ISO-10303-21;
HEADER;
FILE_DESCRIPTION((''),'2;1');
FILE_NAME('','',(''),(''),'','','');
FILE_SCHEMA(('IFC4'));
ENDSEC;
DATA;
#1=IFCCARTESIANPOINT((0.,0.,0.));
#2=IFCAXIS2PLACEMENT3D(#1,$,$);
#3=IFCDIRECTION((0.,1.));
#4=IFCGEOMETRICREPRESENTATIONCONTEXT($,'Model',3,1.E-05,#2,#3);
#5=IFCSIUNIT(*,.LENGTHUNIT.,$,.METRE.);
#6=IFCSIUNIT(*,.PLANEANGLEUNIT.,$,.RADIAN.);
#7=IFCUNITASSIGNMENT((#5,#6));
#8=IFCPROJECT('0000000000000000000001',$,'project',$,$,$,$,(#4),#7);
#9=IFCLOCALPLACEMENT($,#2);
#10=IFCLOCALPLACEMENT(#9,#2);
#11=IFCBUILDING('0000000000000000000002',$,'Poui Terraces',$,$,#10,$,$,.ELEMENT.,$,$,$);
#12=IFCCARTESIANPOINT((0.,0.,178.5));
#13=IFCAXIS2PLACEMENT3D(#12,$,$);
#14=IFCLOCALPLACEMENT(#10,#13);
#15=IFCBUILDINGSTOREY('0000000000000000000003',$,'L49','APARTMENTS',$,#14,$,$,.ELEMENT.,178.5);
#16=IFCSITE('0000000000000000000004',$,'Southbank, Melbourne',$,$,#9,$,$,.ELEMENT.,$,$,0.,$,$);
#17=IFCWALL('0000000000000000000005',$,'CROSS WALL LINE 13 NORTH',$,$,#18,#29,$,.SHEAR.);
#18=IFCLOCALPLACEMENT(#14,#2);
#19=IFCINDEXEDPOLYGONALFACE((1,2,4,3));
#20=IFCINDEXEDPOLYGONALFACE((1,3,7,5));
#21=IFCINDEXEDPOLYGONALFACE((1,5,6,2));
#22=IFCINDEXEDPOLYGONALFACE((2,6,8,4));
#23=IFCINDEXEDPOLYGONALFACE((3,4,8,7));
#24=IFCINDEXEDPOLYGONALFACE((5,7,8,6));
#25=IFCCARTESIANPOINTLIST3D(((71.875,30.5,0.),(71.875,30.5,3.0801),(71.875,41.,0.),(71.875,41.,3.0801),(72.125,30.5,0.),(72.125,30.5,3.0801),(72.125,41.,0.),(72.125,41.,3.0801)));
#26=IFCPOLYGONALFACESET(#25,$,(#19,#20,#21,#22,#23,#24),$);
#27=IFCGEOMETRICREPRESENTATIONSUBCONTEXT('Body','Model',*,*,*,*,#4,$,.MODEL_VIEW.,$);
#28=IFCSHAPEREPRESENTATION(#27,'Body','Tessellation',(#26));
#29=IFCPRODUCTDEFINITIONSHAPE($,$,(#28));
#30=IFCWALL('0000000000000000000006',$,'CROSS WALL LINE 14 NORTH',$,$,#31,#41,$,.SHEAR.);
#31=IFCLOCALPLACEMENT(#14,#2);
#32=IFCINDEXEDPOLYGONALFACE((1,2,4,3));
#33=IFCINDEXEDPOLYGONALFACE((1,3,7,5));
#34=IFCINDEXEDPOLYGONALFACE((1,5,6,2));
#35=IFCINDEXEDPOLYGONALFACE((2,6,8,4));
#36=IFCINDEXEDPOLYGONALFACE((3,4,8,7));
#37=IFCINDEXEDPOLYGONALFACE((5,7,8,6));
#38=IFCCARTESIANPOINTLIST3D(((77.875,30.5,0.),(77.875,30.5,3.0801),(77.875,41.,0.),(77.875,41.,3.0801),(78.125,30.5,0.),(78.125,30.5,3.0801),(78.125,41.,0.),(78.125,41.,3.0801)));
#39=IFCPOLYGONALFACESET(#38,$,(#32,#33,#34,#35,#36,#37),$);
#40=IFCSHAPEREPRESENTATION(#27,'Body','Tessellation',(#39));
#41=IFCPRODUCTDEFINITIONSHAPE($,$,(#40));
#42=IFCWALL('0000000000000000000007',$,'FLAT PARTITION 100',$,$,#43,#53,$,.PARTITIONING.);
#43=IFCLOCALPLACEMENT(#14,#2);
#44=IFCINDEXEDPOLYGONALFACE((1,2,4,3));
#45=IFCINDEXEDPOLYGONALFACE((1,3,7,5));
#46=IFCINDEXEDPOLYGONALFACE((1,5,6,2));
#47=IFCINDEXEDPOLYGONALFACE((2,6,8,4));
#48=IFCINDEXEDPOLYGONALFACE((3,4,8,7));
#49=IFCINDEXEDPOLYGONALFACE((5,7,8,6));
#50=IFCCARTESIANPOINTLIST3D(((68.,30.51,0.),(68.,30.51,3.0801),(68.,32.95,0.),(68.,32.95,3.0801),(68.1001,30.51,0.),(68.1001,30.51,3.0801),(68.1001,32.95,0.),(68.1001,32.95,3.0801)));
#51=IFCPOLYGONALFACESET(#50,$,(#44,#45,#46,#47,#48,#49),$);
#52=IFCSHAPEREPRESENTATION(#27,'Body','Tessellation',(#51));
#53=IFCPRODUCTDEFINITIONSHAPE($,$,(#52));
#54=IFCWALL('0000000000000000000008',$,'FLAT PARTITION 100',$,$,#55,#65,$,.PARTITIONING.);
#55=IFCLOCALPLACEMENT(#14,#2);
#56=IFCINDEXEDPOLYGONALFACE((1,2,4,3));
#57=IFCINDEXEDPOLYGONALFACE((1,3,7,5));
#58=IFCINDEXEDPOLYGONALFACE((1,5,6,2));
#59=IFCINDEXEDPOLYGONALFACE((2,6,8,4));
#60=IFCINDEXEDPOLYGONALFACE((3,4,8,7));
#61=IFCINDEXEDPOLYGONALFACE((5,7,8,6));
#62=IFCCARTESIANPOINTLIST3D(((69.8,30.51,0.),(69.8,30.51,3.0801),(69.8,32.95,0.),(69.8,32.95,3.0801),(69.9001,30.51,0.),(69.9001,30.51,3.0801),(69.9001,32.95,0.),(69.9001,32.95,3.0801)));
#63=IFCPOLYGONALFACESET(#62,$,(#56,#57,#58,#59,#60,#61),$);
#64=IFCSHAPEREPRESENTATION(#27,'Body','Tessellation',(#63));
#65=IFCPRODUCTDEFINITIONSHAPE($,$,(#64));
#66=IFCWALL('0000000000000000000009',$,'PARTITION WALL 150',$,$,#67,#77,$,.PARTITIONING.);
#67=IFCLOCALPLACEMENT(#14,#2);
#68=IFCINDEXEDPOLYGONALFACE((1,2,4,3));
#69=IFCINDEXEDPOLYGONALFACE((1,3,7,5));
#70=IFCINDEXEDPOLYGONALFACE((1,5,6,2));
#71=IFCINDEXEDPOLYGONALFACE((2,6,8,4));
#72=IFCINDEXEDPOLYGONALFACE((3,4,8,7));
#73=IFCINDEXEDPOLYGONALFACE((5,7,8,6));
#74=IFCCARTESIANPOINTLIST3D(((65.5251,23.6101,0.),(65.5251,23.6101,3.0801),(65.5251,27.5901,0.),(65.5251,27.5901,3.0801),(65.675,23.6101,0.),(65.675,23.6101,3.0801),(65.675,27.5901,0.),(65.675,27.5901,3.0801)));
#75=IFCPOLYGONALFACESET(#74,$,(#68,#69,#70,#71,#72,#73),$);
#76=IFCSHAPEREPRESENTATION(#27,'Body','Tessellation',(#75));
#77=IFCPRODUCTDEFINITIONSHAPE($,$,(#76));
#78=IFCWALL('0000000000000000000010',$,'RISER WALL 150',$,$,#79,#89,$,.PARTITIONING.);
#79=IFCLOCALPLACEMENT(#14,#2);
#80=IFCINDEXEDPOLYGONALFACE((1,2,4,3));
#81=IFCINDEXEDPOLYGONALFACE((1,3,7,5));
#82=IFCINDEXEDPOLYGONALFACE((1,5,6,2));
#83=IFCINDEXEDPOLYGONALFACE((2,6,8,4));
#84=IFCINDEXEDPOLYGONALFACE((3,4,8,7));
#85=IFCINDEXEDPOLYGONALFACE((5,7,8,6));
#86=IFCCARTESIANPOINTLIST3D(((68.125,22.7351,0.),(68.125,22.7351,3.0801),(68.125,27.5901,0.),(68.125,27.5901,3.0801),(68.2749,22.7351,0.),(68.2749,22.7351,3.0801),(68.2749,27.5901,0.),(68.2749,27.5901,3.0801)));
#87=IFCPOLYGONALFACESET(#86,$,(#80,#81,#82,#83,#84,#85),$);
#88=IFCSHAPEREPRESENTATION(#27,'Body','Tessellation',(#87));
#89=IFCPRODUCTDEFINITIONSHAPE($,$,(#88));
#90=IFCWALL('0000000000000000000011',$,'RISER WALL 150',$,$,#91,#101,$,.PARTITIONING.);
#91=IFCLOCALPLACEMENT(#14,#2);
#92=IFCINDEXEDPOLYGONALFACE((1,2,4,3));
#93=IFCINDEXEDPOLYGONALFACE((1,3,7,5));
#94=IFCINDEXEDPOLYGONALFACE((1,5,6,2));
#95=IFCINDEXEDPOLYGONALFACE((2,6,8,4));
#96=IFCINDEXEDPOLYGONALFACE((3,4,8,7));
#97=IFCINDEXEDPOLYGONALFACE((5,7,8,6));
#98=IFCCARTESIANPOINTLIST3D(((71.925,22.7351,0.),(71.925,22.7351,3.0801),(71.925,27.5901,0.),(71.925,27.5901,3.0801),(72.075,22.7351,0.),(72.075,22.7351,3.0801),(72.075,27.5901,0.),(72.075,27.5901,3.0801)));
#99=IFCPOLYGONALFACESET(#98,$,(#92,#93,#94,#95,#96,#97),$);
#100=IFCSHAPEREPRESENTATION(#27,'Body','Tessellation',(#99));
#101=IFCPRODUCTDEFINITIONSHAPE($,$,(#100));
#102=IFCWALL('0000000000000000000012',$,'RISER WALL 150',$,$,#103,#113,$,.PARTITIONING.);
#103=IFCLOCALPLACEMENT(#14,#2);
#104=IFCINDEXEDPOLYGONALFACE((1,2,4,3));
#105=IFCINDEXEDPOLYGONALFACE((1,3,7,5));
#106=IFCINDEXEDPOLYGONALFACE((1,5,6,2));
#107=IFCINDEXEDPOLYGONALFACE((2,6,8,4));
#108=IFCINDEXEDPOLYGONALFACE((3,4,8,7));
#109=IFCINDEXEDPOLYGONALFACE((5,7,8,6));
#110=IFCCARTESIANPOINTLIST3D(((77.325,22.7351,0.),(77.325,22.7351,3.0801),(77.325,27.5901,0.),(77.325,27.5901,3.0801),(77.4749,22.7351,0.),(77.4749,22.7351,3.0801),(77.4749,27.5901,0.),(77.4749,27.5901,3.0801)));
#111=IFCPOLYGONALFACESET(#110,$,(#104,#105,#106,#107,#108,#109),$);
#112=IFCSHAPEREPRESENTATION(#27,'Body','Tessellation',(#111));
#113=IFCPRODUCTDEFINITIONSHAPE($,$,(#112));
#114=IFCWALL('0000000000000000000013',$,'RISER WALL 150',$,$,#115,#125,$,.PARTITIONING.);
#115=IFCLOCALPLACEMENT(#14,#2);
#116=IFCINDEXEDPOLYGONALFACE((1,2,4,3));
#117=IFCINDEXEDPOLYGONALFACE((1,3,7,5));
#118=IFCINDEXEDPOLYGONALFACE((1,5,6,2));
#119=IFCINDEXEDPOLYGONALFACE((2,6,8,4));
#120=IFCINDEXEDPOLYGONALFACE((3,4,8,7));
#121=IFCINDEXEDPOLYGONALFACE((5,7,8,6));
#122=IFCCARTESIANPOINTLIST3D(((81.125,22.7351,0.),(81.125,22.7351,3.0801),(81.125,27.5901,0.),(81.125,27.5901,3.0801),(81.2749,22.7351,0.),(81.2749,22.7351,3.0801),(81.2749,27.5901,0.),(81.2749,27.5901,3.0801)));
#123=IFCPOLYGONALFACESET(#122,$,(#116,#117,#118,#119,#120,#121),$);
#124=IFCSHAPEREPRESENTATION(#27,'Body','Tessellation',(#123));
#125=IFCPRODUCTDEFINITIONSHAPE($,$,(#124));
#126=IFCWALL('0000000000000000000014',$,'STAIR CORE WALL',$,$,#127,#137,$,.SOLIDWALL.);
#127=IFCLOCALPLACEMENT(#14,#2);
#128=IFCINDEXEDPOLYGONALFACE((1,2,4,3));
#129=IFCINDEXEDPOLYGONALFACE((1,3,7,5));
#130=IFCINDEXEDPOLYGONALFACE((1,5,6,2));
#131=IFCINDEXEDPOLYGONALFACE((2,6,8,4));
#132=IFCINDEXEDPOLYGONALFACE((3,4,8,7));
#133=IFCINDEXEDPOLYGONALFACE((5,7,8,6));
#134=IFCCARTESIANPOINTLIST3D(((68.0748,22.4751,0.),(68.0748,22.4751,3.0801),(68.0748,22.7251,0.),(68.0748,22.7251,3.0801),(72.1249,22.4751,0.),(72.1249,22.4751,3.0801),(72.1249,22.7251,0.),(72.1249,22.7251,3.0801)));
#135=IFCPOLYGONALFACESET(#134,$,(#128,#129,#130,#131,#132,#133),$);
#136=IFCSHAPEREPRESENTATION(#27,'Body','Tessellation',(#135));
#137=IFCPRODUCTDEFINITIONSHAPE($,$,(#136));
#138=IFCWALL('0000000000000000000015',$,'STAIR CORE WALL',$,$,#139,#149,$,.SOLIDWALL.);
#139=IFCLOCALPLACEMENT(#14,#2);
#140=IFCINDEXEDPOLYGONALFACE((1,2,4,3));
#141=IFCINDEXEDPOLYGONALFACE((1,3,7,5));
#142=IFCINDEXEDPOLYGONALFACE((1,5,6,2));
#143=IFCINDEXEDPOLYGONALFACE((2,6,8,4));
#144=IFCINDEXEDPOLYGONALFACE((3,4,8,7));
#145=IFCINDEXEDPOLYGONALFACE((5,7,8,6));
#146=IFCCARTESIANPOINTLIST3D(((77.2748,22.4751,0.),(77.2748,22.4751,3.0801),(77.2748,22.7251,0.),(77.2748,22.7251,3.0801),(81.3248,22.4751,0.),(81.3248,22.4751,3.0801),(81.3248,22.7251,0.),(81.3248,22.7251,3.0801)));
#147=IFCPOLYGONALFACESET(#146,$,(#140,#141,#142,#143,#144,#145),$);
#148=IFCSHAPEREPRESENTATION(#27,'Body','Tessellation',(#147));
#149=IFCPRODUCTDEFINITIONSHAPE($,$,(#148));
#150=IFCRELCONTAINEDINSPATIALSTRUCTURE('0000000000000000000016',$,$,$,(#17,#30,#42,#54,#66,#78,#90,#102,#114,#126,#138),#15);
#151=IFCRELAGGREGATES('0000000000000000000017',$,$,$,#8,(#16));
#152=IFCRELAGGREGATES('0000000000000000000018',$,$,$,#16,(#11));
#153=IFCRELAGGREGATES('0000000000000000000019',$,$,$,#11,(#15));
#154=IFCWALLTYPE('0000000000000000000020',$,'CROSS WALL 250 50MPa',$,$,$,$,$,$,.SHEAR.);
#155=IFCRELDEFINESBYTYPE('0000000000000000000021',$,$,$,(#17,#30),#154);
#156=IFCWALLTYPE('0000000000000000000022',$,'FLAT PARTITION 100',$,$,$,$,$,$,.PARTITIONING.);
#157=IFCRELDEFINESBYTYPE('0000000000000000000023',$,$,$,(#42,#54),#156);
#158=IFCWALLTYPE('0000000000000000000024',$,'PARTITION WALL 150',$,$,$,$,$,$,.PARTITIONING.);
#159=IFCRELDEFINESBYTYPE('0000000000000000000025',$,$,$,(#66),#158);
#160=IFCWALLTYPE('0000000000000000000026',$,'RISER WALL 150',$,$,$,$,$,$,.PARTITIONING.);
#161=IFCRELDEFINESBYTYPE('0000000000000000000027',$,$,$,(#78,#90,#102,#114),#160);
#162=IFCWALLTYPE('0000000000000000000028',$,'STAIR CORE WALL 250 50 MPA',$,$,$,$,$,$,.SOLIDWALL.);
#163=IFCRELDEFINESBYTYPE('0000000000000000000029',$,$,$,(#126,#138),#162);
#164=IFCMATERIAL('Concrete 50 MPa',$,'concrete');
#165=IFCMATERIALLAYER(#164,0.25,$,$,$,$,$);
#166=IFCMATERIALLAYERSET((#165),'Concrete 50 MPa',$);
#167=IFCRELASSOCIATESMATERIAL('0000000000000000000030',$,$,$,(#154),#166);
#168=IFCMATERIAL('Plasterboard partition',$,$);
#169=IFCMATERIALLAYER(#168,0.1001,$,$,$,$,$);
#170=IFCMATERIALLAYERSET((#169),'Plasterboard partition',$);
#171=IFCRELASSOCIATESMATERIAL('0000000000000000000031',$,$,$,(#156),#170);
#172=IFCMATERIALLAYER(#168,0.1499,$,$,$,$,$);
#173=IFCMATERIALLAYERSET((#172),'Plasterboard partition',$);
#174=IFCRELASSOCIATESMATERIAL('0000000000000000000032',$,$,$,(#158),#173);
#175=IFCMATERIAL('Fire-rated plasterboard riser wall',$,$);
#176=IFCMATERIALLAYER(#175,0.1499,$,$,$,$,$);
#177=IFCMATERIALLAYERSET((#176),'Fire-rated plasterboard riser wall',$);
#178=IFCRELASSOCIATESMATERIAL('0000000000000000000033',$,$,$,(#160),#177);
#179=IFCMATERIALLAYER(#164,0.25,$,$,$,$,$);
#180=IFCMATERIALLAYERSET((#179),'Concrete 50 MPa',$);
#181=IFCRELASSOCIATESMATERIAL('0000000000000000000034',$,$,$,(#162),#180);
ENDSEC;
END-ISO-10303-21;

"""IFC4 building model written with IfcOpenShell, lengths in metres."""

from ifc_helpers import new_model, si_unit, direction, frame, frame_2d, origin, place, context, subcontext, project, spatial, rectangle, extrude, material, layer, layer_set, type_object, element, save


model = new_model("IFC4")

# Units and contexts
model_context = context("Model", 3, precision=1e-05, world=origin(), true_north=direction((0.0, 1.0)))
body_context = subcontext(model_context, "Body", "Model", "MODEL_VIEW")
ifc_project = project(units=[si_unit("LENGTHUNIT", "METRE"), si_unit("PLANEANGLEUNIT", "RADIAN")], contexts=[model_context])

# Site, building, storey
site_placement = place(None, origin())
site = spatial("IfcSite", under=ifc_project, at=site_placement, Name="Southbank, Melbourne", CompositionType="ELEMENT", RefElevation=0.0)
building_placement = place(site_placement, origin())
building = spatial("IfcBuilding", under=site, at=building_placement, Name="Poui Terraces", CompositionType="ELEMENT")
storey_placement = place(building_placement, frame((0.0, 0.0, 178.5)))
storey = spatial("IfcBuildingStorey", under=building, at=storey_placement, Name="L49", Description="APARTMENTS", CompositionType="ELEMENT", Elevation=178.5)

# Shared definitions
ifc_material_1 = material(Name="Concrete 50 MPa", Category="concrete")

# Shared definitions
ifc_layer_1 = layer(ifc_material_1, 0.25)
ifc_layer_set_1 = layer_set([ifc_layer_1], Name="Concrete 50 MPa")
wall_type_1 = type_object("IfcWallType", Name="CROSS WALL 250 50MPa", PredefinedType="SHEAR", material=ifc_layer_set_1)

# Walls
for number, where, z_axis, x_axis, name in (
    (1, (72.0, 30.5, 0.0), (0.0, 0.0, 1.0), (0.0, 1.0, 0.0), "CROSS WALL LINE 13 NORTH"),
    (2, (78.0, 30.5, 0.0), (0.0, 0.0, 1.0), (0.0, 1.0, 0.0), "CROSS WALL LINE 14 NORTH"),
):
    element("IfcWall", number, at=place(storey_placement, frame(where, z_axis=z_axis, x_axis=x_axis)), inside=storey, type_object=wall_type_1, Name=name, PredefinedType="SHEAR", context=body_context, shape_type="SweptSolid", body=[
        extrude(rectangle(XDim=10.5, YDim=0.25, at=frame_2d((5.25, 0.0))), origin(), (0.0, 0.0, 1.0), 3.0801),
    ])
ifc_material_2 = material(Name="Plasterboard partition")
ifc_layer_2 = layer(ifc_material_2, 0.1001)
ifc_layer_set_2 = layer_set([ifc_layer_2], Name="Plasterboard partition")
wall_type_2 = type_object("IfcWallType", Name="FLAT PARTITION 100", PredefinedType="PARTITIONING", material=ifc_layer_set_2)
for number, where, z_axis, x_axis, name in (
    (3, (68.05, 30.51, 0.0), (0.0, 0.0, 1.0), (0.0, 1.0, 0.0), "FLAT PARTITION 100"),
    (4, (69.8501, 30.51, 0.0), (0.0, 0.0, 1.0), (0.0, 1.0, 0.0), "FLAT PARTITION 100"),
):
    element("IfcWall", number, at=place(storey_placement, frame(where, z_axis=z_axis, x_axis=x_axis)), inside=storey, type_object=wall_type_2, Name=name, PredefinedType="PARTITIONING", context=body_context, shape_type="SweptSolid", body=[
        extrude(rectangle(XDim=2.4399, YDim=0.1001, at=frame_2d((1.22, 0.0))), origin(), (0.0, 0.0, 1.0), 3.0801),
    ])
ifc_layer_3 = layer(ifc_material_2, 0.1499)
ifc_layer_set_3 = layer_set([ifc_layer_3], Name="Plasterboard partition")
wall_type_3 = type_object("IfcWallType", Name="PARTITION WALL 150", PredefinedType="PARTITIONING", material=ifc_layer_set_3)
wall_1_placement = place(storey_placement, frame((65.6001, 23.6101, 0.0), z_axis=(0.0, 0.0, 1.0), x_axis=(0.0, 1.0, 0.0)))
element("IfcWall", 5, at=wall_1_placement, inside=storey, type_object=wall_type_3, Name="PARTITION WALL 150", PredefinedType="PARTITIONING", context=body_context, shape_type="SweptSolid", body=[
    extrude(rectangle(XDim=3.98, YDim=0.1499, at=frame_2d((1.99, 0.0))), origin(), (0.0, 0.0, 1.0), 3.0801),
])
ifc_material_3 = material(Name="Fire-rated plasterboard riser wall")
ifc_layer_4 = layer(ifc_material_3, 0.1499)
ifc_layer_set_4 = layer_set([ifc_layer_4], Name="Fire-rated plasterboard riser wall")
wall_type_4 = type_object("IfcWallType", Name="RISER WALL 150", PredefinedType="PARTITIONING", material=ifc_layer_set_4)
for number, where, z_axis, x_axis, name in (
    (6, (68.2, 22.7351, 0.0), (0.0, 0.0, 1.0), (0.0, 1.0, 0.0), "RISER WALL 150"),
    (7, (72.0, 22.7351, 0.0), (0.0, 0.0, 1.0), (0.0, 1.0, 0.0), "RISER WALL 150"),
    (8, (77.3999, 22.7351, 0.0), (0.0, 0.0, 1.0), (0.0, 1.0, 0.0), "RISER WALL 150"),
    (9, (81.2, 22.7351, 0.0), (0.0, 0.0, 1.0), (0.0, 1.0, 0.0), "RISER WALL 150"),
):
    element("IfcWall", number, at=place(storey_placement, frame(where, z_axis=z_axis, x_axis=x_axis)), inside=storey, type_object=wall_type_4, Name=name, PredefinedType="PARTITIONING", context=body_context, shape_type="SweptSolid", body=[
        extrude(rectangle(XDim=4.855, YDim=0.1499, at=frame_2d((2.4275, 0.0))), origin(), (0.0, 0.0, 1.0), 3.0801),
    ])
ifc_layer_5 = layer(ifc_material_1, 0.25)
ifc_layer_set_5 = layer_set([ifc_layer_5], Name="Concrete 50 MPa")
wall_type_5 = type_object("IfcWallType", Name="STAIR CORE WALL 250 50 MPA", PredefinedType="SOLIDWALL", material=ifc_layer_set_5)
for number, where, z_axis, x_axis, name in (
    (10, (68.075, 22.6001, 0.0), (0.0, 0.0, 1.0), (1.0, 0.0, 0.0), "STAIR CORE WALL"),
    (11, (77.2749, 22.6001, 0.0), (0.0, 0.0, 1.0), (1.0, 0.0, 0.0), "STAIR CORE WALL"),
):
    element("IfcWall", number, at=place(storey_placement, frame(where, z_axis=z_axis, x_axis=x_axis)), inside=storey, type_object=wall_type_5, Name=name, PredefinedType="SOLIDWALL", context=body_context, shape_type="SweptSolid", body=[
        extrude(rectangle(XDim=4.05, YDim=0.25, at=frame_2d((2.0249, 0.0))), origin(), (0.0, 0.0, 1.0), 3.0801),
    ])

save(model, "model.ifc")
